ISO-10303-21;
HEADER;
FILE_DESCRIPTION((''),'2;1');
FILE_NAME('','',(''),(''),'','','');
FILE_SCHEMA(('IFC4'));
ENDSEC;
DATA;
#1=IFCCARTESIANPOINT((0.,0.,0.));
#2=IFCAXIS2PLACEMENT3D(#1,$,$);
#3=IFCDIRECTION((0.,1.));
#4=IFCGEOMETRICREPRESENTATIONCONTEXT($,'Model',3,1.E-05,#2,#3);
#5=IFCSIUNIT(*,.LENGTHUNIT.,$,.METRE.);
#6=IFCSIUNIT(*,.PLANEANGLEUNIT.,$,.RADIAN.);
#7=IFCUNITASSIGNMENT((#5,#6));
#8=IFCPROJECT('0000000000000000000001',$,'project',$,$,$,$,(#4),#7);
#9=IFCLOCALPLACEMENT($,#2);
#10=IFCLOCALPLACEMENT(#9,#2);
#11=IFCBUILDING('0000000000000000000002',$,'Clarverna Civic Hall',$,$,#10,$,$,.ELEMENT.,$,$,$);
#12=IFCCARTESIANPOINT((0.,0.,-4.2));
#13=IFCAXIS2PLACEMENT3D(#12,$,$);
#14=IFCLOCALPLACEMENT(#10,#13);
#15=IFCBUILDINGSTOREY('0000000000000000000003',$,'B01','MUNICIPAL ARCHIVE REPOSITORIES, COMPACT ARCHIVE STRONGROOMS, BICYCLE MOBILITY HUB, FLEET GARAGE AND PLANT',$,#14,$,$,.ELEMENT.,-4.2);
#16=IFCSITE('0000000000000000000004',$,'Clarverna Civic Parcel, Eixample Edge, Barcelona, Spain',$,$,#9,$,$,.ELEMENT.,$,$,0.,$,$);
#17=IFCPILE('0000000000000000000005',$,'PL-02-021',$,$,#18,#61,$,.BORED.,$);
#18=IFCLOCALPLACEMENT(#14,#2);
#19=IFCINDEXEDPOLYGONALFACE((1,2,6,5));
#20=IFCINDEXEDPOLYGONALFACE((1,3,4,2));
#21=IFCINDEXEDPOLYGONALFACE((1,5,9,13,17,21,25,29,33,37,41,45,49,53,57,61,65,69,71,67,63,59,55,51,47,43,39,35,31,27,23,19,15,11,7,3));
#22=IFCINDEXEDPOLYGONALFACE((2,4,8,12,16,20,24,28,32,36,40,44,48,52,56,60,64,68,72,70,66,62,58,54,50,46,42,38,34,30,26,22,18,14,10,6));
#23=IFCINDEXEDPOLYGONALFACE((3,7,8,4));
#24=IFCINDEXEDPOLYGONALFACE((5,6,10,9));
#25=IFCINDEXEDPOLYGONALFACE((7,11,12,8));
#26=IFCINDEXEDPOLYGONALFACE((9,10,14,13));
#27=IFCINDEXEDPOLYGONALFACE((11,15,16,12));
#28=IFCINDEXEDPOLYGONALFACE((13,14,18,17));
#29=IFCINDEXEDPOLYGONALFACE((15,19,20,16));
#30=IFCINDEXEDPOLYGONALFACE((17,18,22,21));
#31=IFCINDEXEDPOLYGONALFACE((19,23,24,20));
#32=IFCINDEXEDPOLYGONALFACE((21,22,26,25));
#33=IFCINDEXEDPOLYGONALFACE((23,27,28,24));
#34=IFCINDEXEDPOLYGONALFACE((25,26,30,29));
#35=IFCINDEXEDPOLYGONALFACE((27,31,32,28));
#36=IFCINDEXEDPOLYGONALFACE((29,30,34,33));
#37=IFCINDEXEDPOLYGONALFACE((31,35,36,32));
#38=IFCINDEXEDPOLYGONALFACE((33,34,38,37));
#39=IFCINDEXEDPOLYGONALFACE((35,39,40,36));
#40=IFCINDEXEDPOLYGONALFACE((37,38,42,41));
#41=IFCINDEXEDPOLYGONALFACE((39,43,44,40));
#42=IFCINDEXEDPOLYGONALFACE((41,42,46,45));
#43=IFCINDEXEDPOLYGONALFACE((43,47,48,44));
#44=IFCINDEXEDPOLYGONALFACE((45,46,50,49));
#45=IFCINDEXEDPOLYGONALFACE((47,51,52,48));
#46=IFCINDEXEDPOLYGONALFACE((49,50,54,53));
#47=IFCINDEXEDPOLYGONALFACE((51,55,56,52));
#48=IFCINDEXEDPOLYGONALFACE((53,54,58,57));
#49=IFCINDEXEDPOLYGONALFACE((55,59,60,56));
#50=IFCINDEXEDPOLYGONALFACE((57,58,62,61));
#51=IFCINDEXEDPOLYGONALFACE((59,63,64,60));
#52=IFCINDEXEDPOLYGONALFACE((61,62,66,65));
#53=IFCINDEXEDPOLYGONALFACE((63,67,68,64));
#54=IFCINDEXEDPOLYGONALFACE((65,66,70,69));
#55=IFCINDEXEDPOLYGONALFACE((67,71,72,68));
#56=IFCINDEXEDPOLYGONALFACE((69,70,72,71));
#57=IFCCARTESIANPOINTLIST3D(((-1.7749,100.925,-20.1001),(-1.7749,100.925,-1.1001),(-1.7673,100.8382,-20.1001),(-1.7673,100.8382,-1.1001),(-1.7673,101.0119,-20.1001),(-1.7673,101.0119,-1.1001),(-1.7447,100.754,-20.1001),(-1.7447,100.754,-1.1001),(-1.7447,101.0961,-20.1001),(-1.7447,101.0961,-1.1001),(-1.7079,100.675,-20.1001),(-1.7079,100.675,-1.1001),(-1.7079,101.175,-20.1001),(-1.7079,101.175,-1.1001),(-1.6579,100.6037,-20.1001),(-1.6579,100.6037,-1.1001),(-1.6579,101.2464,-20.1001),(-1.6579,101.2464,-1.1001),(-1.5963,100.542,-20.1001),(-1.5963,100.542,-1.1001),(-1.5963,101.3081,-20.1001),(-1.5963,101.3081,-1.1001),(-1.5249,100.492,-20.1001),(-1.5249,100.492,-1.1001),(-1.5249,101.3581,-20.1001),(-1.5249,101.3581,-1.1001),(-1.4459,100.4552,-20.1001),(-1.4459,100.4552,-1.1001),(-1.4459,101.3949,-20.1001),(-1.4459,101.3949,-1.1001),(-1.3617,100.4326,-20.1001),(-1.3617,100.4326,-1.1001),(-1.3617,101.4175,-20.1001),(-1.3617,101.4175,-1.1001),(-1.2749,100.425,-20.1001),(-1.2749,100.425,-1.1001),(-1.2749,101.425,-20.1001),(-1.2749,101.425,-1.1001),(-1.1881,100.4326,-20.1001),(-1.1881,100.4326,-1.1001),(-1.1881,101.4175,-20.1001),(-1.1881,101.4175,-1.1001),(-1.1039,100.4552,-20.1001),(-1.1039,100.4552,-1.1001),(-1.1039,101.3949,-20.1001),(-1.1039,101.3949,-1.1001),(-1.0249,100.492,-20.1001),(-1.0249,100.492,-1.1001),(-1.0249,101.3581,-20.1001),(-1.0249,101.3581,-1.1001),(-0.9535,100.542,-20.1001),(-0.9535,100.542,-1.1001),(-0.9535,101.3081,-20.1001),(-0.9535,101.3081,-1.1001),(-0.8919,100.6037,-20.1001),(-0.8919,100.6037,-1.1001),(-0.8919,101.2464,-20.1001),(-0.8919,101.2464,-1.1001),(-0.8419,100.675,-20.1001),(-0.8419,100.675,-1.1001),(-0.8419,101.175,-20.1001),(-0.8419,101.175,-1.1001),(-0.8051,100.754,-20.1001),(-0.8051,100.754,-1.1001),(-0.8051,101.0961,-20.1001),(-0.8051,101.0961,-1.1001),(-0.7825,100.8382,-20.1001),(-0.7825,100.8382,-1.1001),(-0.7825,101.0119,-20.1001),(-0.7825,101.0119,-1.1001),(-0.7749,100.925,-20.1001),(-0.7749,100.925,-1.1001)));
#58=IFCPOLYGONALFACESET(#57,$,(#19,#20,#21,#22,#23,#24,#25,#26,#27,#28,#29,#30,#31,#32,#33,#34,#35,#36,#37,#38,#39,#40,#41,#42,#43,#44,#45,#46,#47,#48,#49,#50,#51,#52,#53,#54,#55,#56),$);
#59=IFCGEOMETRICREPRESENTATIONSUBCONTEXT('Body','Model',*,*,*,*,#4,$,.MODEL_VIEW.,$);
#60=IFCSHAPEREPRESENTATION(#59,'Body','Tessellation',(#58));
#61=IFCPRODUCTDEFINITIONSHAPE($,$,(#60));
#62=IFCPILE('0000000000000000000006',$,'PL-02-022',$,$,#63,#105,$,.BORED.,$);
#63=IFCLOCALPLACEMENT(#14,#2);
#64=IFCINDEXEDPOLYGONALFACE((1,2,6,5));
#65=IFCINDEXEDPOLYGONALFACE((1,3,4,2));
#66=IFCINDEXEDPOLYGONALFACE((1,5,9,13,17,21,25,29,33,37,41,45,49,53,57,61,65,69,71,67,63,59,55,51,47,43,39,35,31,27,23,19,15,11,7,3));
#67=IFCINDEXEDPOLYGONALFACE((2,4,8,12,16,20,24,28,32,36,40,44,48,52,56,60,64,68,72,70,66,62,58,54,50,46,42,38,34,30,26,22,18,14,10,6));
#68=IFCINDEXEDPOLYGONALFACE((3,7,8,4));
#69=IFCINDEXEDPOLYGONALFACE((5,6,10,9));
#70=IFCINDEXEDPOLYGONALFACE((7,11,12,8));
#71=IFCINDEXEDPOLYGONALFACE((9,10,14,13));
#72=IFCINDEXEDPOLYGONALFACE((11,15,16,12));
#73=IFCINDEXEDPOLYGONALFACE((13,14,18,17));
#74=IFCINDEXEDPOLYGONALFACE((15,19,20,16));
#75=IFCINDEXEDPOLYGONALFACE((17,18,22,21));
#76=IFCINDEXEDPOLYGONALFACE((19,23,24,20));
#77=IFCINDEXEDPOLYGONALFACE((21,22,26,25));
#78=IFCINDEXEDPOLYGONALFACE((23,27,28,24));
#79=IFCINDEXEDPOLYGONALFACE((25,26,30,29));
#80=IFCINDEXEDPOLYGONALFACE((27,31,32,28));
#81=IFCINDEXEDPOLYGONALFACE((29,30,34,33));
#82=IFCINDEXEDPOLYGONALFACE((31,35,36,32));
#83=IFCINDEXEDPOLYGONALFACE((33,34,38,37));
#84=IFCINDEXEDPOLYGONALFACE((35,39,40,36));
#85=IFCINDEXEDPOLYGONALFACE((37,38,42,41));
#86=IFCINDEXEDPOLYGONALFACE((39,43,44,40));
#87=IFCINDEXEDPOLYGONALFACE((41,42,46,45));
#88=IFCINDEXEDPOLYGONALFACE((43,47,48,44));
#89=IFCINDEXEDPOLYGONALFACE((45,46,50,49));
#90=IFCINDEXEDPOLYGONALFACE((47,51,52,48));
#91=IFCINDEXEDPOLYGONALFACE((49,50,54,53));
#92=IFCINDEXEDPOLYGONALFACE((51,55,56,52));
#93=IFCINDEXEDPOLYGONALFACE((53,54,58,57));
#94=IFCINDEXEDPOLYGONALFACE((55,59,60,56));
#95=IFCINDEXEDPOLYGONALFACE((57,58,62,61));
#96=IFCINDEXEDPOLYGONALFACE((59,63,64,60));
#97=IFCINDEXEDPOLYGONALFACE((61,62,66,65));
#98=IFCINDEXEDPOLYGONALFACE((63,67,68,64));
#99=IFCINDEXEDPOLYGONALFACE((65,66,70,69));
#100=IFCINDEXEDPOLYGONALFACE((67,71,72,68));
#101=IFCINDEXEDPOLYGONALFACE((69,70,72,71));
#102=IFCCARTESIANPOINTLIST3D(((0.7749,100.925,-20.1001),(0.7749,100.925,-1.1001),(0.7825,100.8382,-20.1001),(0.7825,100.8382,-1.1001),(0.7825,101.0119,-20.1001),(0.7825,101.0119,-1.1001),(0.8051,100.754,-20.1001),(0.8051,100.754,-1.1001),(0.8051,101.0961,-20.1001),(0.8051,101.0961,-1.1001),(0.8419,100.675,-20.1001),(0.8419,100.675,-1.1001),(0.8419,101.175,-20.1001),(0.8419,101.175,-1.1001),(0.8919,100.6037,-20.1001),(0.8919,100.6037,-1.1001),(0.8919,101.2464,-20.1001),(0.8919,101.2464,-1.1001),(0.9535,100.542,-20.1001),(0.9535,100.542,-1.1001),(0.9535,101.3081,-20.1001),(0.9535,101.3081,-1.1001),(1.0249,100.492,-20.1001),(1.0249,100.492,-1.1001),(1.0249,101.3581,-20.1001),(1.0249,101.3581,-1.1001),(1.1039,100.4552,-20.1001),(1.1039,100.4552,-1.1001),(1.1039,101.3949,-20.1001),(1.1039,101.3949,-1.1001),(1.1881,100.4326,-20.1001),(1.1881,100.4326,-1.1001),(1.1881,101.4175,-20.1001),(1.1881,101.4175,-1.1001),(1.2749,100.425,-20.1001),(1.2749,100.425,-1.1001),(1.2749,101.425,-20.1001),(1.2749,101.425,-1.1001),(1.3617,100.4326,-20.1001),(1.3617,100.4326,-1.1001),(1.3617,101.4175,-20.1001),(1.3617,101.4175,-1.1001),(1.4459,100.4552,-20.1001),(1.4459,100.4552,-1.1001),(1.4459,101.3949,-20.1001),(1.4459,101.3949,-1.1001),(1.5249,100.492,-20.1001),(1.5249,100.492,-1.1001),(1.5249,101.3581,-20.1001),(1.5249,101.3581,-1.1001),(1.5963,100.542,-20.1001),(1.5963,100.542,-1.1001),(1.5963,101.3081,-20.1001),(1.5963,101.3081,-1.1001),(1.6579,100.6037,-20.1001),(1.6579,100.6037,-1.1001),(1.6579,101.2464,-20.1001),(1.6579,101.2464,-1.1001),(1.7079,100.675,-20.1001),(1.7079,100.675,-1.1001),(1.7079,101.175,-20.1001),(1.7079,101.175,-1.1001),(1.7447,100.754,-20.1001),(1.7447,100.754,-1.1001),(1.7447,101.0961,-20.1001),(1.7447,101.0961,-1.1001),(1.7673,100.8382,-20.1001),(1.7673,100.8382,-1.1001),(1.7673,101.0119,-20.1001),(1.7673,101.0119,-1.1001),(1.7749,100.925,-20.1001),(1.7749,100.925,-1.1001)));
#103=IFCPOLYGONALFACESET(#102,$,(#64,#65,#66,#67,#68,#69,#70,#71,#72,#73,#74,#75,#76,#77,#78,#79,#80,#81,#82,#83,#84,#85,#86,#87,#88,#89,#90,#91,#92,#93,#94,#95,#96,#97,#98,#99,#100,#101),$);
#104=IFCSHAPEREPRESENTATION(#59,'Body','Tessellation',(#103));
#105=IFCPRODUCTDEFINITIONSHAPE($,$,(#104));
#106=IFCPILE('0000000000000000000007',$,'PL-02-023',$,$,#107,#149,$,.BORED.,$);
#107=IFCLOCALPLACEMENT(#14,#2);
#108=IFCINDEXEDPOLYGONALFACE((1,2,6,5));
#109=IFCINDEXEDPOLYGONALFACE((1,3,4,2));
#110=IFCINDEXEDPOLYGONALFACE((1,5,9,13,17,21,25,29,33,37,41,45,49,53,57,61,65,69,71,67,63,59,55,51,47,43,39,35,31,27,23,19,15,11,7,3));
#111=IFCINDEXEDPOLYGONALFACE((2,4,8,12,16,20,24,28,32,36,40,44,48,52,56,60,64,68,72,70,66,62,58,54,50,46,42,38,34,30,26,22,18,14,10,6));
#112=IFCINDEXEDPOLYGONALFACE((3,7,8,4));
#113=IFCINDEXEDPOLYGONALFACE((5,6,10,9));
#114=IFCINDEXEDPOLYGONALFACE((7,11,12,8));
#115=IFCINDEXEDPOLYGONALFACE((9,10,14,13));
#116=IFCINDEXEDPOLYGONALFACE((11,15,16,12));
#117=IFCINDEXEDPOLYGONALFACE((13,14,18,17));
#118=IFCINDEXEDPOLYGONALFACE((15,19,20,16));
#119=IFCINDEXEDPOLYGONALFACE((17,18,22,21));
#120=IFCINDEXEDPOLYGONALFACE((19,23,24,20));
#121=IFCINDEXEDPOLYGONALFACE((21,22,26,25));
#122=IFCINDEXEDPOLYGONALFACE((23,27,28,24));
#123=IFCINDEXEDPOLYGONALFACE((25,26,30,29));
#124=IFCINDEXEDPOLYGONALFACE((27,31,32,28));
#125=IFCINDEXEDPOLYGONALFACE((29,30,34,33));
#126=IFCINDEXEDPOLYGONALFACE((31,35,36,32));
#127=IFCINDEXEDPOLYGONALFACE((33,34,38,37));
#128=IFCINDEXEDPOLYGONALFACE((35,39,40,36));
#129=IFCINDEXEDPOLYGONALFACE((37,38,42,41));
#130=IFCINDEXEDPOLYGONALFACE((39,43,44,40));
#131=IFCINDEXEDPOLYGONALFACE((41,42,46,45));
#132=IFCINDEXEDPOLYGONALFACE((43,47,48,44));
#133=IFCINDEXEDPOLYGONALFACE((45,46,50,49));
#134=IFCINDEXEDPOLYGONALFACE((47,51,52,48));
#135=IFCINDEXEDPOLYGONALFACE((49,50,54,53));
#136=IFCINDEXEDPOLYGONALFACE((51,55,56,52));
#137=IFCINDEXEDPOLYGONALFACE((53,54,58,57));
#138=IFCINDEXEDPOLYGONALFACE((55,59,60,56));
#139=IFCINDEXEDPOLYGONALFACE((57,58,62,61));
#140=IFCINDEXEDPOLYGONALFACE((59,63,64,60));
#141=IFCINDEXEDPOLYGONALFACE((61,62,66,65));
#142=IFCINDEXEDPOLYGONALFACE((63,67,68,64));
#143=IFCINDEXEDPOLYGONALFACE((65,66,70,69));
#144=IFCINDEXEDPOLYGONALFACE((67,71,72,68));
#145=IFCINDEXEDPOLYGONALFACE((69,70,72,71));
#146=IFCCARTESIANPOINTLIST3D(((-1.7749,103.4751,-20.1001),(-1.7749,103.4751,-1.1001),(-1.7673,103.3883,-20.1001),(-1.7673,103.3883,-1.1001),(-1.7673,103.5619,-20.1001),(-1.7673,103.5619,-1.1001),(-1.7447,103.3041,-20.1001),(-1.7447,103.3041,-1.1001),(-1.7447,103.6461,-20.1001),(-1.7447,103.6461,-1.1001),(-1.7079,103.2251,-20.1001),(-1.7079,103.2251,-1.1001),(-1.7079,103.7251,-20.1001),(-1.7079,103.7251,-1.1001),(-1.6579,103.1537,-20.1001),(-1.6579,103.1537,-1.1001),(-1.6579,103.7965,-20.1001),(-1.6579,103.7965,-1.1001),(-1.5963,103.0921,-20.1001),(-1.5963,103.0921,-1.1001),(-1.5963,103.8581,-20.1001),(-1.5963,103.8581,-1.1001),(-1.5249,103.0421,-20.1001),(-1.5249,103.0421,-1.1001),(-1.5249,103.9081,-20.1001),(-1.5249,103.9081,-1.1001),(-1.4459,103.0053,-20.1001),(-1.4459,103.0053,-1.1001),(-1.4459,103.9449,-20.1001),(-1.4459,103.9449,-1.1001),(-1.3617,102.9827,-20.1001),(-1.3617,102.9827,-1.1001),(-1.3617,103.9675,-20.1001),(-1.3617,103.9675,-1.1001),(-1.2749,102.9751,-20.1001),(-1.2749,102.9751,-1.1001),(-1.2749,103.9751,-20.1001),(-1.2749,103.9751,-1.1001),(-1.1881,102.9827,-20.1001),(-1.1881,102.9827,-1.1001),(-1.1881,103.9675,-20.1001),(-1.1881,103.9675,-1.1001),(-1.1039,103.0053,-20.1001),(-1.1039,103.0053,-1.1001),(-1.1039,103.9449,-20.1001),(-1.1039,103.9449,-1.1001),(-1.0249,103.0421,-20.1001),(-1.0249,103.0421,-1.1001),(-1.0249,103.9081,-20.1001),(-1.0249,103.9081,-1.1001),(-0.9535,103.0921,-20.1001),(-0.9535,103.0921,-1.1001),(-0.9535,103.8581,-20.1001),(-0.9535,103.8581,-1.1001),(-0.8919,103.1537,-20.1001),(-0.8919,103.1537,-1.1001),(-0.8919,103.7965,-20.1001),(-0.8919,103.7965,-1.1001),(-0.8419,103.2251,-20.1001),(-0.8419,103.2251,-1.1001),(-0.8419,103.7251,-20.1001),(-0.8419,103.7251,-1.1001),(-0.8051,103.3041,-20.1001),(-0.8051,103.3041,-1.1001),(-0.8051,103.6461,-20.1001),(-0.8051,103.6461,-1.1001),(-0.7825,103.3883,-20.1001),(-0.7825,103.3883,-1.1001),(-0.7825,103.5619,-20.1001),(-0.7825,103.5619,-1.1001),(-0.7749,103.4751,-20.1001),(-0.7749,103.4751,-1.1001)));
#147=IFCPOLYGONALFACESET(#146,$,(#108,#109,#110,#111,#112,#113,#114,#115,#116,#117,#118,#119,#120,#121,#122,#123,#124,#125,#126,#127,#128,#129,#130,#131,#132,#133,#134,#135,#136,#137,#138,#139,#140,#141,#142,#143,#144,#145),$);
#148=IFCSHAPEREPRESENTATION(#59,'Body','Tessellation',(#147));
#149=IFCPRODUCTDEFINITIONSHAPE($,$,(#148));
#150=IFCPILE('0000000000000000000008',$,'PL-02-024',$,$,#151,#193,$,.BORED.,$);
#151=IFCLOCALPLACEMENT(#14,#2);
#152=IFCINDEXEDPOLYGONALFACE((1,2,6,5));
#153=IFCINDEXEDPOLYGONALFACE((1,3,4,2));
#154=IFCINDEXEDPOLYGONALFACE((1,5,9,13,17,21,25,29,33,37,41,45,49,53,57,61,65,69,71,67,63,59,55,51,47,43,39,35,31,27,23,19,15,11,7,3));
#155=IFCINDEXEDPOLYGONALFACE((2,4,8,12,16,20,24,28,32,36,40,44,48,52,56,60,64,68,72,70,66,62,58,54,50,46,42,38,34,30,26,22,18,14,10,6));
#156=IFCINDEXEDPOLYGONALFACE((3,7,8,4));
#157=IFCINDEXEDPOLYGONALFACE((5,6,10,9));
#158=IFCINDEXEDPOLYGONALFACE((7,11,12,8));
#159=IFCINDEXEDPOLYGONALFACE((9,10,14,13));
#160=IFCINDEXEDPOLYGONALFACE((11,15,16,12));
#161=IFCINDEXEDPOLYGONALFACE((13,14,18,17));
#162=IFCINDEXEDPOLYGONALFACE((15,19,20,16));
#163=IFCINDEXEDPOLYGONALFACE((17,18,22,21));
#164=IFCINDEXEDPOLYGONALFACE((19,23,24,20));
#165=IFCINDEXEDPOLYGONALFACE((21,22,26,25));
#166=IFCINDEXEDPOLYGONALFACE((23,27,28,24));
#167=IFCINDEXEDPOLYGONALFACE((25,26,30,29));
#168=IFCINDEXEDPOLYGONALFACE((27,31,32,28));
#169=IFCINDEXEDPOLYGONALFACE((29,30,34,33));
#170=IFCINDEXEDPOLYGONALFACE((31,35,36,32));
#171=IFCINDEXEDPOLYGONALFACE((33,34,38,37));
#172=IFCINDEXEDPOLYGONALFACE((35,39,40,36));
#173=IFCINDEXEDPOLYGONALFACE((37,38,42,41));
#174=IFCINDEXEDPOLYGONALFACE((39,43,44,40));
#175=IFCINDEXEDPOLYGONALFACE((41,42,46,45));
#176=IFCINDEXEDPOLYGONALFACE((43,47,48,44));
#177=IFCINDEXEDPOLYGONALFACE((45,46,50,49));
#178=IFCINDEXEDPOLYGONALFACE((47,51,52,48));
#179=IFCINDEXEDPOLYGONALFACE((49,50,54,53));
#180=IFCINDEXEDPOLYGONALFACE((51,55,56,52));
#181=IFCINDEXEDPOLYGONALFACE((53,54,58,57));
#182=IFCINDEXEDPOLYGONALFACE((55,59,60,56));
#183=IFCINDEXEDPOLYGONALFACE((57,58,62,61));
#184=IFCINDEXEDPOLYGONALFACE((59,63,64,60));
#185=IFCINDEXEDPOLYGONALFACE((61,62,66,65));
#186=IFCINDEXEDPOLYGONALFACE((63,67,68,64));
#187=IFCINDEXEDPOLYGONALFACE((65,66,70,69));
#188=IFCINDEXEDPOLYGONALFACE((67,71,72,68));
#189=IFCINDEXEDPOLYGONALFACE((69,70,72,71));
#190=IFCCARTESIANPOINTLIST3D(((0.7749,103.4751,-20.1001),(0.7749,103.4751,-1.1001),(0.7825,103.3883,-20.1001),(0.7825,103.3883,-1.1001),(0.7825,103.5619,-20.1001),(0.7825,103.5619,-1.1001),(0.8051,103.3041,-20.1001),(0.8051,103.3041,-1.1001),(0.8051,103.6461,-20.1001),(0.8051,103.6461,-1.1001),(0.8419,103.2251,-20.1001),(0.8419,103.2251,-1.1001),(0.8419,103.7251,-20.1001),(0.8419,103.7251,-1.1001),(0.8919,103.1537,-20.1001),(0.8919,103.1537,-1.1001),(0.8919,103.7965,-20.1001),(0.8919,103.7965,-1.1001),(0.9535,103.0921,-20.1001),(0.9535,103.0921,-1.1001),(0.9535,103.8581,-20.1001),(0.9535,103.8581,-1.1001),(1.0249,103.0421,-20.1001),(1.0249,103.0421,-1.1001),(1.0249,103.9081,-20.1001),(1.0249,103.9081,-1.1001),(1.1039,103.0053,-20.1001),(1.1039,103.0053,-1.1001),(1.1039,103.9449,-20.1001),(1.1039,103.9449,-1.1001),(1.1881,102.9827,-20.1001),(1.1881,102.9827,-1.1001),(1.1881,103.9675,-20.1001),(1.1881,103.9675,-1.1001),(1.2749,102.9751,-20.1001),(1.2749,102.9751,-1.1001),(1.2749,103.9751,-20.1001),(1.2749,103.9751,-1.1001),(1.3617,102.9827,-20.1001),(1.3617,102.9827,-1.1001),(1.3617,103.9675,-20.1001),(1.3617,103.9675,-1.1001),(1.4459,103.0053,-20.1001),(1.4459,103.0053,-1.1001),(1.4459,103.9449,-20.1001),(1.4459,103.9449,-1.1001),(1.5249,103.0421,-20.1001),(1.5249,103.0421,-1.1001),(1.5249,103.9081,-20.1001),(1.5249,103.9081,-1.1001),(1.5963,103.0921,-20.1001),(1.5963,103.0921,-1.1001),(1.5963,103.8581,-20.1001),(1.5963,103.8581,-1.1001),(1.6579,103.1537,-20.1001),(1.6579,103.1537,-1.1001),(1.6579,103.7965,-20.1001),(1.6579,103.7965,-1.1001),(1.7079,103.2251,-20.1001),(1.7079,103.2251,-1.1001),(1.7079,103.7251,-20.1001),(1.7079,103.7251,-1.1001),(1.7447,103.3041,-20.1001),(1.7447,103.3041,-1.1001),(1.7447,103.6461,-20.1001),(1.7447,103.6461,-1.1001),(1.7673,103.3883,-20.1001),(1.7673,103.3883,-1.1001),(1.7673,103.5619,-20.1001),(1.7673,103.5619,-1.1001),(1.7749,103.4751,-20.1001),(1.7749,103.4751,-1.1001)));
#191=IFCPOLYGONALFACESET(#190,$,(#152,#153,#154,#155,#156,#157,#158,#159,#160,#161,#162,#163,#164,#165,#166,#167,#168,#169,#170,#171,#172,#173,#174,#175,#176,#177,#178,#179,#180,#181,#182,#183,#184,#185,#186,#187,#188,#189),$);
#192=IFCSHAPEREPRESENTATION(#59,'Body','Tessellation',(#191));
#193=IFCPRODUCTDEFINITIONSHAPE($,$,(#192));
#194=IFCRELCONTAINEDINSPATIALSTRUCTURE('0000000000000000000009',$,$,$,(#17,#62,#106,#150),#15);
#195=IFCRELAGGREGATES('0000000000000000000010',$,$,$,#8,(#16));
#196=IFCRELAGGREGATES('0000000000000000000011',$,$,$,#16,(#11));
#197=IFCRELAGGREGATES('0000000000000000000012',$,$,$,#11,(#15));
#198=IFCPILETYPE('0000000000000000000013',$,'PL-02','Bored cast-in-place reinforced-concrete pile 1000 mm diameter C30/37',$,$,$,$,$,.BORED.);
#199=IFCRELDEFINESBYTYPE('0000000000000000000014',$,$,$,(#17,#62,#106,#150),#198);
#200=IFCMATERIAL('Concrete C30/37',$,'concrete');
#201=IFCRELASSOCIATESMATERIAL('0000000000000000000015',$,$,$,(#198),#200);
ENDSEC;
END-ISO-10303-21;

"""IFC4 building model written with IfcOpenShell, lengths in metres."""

from ifc_helpers import new_model, si_unit, direction, frame, origin, origin_2d, place, context, subcontext, project, spatial, circle, extrude, material, material_profile, profile_set, type_object, element, save


model = new_model("IFC4")

# Units and contexts
model_context = context("Model", 3, precision=1e-05, world=origin(), true_north=direction((0.0, 1.0)))
body_context = subcontext(model_context, "Body", "Model", "MODEL_VIEW")
ifc_project = project(units=[si_unit("LENGTHUNIT", "METRE"), si_unit("PLANEANGLEUNIT", "RADIAN")], contexts=[model_context])

# Site, building, storey
site_placement = place(None, origin())
site = spatial("IfcSite", under=ifc_project, at=site_placement, Name="Clarverna Civic Parcel, Eixample Edge, Barcelona, Spain", CompositionType="ELEMENT", RefElevation=0.0)
building_placement = place(site_placement, origin())
building = spatial("IfcBuilding", under=site, at=building_placement, Name="Clarverna Civic Hall", CompositionType="ELEMENT")
storey_placement = place(building_placement, frame((0.0, 0.0, -4.2)))
storey = spatial("IfcBuildingStorey", under=building, at=storey_placement, Name="B01", Description="MUNICIPAL ARCHIVE REPOSITORIES, COMPACT ARCHIVE STRONGROOMS, BICYCLE MOBILITY HUB, FLEET GARAGE AND PLANT", CompositionType="ELEMENT", Elevation=-4.2)

# Shared definitions
ifc_material_1 = material(Name="Concrete C30/37", Category="concrete")

# Piles
ifc_material_profile_1 = material_profile(ifc_material_1, circle(Radius=0.5, at=origin_2d()), Name="BORED PILE D1000")
ifc_profile_set_1 = profile_set([ifc_material_profile_1], Name="Concrete C30/37")
pile_type = type_object("IfcPileType", Name="PL-02", Description="Bored cast-in-place reinforced-concrete pile 1000 mm diameter C30/37", PredefinedType="BORED", material=ifc_profile_set_1)
for number, where, z_axis, x_axis, name in (
    (1, (-1.2749, 100.925, -1.1001), (0.0, 0.0, -1.0), (1.0, 0.0, 0.0), "PL-02-021"),
    (2, (1.2749, 100.925, -1.1001), (0.0, 0.0, -1.0), (1.0, 0.0, 0.0), "PL-02-022"),
    (3, (-1.2749, 103.4751, -1.1001), (0.0, 0.0, -1.0), (1.0, 0.0, 0.0), "PL-02-023"),
    (4, (1.2749, 103.4751, -1.1001), (0.0, 0.0, -1.0), (1.0, 0.0, 0.0), "PL-02-024"),
):
    element("IfcPile", number, at=place(storey_placement, frame(where, z_axis=z_axis, x_axis=x_axis)), inside=storey, type_object=pile_type, Name=name, PredefinedType="BORED", context=body_context, shape_type="SweptSolid", body=[
        extrude(circle(Radius=0.5, at=origin_2d()), origin(), (0.0, 0.0, 1.0), 19.0),
    ])

save(model, "model.ifc")
